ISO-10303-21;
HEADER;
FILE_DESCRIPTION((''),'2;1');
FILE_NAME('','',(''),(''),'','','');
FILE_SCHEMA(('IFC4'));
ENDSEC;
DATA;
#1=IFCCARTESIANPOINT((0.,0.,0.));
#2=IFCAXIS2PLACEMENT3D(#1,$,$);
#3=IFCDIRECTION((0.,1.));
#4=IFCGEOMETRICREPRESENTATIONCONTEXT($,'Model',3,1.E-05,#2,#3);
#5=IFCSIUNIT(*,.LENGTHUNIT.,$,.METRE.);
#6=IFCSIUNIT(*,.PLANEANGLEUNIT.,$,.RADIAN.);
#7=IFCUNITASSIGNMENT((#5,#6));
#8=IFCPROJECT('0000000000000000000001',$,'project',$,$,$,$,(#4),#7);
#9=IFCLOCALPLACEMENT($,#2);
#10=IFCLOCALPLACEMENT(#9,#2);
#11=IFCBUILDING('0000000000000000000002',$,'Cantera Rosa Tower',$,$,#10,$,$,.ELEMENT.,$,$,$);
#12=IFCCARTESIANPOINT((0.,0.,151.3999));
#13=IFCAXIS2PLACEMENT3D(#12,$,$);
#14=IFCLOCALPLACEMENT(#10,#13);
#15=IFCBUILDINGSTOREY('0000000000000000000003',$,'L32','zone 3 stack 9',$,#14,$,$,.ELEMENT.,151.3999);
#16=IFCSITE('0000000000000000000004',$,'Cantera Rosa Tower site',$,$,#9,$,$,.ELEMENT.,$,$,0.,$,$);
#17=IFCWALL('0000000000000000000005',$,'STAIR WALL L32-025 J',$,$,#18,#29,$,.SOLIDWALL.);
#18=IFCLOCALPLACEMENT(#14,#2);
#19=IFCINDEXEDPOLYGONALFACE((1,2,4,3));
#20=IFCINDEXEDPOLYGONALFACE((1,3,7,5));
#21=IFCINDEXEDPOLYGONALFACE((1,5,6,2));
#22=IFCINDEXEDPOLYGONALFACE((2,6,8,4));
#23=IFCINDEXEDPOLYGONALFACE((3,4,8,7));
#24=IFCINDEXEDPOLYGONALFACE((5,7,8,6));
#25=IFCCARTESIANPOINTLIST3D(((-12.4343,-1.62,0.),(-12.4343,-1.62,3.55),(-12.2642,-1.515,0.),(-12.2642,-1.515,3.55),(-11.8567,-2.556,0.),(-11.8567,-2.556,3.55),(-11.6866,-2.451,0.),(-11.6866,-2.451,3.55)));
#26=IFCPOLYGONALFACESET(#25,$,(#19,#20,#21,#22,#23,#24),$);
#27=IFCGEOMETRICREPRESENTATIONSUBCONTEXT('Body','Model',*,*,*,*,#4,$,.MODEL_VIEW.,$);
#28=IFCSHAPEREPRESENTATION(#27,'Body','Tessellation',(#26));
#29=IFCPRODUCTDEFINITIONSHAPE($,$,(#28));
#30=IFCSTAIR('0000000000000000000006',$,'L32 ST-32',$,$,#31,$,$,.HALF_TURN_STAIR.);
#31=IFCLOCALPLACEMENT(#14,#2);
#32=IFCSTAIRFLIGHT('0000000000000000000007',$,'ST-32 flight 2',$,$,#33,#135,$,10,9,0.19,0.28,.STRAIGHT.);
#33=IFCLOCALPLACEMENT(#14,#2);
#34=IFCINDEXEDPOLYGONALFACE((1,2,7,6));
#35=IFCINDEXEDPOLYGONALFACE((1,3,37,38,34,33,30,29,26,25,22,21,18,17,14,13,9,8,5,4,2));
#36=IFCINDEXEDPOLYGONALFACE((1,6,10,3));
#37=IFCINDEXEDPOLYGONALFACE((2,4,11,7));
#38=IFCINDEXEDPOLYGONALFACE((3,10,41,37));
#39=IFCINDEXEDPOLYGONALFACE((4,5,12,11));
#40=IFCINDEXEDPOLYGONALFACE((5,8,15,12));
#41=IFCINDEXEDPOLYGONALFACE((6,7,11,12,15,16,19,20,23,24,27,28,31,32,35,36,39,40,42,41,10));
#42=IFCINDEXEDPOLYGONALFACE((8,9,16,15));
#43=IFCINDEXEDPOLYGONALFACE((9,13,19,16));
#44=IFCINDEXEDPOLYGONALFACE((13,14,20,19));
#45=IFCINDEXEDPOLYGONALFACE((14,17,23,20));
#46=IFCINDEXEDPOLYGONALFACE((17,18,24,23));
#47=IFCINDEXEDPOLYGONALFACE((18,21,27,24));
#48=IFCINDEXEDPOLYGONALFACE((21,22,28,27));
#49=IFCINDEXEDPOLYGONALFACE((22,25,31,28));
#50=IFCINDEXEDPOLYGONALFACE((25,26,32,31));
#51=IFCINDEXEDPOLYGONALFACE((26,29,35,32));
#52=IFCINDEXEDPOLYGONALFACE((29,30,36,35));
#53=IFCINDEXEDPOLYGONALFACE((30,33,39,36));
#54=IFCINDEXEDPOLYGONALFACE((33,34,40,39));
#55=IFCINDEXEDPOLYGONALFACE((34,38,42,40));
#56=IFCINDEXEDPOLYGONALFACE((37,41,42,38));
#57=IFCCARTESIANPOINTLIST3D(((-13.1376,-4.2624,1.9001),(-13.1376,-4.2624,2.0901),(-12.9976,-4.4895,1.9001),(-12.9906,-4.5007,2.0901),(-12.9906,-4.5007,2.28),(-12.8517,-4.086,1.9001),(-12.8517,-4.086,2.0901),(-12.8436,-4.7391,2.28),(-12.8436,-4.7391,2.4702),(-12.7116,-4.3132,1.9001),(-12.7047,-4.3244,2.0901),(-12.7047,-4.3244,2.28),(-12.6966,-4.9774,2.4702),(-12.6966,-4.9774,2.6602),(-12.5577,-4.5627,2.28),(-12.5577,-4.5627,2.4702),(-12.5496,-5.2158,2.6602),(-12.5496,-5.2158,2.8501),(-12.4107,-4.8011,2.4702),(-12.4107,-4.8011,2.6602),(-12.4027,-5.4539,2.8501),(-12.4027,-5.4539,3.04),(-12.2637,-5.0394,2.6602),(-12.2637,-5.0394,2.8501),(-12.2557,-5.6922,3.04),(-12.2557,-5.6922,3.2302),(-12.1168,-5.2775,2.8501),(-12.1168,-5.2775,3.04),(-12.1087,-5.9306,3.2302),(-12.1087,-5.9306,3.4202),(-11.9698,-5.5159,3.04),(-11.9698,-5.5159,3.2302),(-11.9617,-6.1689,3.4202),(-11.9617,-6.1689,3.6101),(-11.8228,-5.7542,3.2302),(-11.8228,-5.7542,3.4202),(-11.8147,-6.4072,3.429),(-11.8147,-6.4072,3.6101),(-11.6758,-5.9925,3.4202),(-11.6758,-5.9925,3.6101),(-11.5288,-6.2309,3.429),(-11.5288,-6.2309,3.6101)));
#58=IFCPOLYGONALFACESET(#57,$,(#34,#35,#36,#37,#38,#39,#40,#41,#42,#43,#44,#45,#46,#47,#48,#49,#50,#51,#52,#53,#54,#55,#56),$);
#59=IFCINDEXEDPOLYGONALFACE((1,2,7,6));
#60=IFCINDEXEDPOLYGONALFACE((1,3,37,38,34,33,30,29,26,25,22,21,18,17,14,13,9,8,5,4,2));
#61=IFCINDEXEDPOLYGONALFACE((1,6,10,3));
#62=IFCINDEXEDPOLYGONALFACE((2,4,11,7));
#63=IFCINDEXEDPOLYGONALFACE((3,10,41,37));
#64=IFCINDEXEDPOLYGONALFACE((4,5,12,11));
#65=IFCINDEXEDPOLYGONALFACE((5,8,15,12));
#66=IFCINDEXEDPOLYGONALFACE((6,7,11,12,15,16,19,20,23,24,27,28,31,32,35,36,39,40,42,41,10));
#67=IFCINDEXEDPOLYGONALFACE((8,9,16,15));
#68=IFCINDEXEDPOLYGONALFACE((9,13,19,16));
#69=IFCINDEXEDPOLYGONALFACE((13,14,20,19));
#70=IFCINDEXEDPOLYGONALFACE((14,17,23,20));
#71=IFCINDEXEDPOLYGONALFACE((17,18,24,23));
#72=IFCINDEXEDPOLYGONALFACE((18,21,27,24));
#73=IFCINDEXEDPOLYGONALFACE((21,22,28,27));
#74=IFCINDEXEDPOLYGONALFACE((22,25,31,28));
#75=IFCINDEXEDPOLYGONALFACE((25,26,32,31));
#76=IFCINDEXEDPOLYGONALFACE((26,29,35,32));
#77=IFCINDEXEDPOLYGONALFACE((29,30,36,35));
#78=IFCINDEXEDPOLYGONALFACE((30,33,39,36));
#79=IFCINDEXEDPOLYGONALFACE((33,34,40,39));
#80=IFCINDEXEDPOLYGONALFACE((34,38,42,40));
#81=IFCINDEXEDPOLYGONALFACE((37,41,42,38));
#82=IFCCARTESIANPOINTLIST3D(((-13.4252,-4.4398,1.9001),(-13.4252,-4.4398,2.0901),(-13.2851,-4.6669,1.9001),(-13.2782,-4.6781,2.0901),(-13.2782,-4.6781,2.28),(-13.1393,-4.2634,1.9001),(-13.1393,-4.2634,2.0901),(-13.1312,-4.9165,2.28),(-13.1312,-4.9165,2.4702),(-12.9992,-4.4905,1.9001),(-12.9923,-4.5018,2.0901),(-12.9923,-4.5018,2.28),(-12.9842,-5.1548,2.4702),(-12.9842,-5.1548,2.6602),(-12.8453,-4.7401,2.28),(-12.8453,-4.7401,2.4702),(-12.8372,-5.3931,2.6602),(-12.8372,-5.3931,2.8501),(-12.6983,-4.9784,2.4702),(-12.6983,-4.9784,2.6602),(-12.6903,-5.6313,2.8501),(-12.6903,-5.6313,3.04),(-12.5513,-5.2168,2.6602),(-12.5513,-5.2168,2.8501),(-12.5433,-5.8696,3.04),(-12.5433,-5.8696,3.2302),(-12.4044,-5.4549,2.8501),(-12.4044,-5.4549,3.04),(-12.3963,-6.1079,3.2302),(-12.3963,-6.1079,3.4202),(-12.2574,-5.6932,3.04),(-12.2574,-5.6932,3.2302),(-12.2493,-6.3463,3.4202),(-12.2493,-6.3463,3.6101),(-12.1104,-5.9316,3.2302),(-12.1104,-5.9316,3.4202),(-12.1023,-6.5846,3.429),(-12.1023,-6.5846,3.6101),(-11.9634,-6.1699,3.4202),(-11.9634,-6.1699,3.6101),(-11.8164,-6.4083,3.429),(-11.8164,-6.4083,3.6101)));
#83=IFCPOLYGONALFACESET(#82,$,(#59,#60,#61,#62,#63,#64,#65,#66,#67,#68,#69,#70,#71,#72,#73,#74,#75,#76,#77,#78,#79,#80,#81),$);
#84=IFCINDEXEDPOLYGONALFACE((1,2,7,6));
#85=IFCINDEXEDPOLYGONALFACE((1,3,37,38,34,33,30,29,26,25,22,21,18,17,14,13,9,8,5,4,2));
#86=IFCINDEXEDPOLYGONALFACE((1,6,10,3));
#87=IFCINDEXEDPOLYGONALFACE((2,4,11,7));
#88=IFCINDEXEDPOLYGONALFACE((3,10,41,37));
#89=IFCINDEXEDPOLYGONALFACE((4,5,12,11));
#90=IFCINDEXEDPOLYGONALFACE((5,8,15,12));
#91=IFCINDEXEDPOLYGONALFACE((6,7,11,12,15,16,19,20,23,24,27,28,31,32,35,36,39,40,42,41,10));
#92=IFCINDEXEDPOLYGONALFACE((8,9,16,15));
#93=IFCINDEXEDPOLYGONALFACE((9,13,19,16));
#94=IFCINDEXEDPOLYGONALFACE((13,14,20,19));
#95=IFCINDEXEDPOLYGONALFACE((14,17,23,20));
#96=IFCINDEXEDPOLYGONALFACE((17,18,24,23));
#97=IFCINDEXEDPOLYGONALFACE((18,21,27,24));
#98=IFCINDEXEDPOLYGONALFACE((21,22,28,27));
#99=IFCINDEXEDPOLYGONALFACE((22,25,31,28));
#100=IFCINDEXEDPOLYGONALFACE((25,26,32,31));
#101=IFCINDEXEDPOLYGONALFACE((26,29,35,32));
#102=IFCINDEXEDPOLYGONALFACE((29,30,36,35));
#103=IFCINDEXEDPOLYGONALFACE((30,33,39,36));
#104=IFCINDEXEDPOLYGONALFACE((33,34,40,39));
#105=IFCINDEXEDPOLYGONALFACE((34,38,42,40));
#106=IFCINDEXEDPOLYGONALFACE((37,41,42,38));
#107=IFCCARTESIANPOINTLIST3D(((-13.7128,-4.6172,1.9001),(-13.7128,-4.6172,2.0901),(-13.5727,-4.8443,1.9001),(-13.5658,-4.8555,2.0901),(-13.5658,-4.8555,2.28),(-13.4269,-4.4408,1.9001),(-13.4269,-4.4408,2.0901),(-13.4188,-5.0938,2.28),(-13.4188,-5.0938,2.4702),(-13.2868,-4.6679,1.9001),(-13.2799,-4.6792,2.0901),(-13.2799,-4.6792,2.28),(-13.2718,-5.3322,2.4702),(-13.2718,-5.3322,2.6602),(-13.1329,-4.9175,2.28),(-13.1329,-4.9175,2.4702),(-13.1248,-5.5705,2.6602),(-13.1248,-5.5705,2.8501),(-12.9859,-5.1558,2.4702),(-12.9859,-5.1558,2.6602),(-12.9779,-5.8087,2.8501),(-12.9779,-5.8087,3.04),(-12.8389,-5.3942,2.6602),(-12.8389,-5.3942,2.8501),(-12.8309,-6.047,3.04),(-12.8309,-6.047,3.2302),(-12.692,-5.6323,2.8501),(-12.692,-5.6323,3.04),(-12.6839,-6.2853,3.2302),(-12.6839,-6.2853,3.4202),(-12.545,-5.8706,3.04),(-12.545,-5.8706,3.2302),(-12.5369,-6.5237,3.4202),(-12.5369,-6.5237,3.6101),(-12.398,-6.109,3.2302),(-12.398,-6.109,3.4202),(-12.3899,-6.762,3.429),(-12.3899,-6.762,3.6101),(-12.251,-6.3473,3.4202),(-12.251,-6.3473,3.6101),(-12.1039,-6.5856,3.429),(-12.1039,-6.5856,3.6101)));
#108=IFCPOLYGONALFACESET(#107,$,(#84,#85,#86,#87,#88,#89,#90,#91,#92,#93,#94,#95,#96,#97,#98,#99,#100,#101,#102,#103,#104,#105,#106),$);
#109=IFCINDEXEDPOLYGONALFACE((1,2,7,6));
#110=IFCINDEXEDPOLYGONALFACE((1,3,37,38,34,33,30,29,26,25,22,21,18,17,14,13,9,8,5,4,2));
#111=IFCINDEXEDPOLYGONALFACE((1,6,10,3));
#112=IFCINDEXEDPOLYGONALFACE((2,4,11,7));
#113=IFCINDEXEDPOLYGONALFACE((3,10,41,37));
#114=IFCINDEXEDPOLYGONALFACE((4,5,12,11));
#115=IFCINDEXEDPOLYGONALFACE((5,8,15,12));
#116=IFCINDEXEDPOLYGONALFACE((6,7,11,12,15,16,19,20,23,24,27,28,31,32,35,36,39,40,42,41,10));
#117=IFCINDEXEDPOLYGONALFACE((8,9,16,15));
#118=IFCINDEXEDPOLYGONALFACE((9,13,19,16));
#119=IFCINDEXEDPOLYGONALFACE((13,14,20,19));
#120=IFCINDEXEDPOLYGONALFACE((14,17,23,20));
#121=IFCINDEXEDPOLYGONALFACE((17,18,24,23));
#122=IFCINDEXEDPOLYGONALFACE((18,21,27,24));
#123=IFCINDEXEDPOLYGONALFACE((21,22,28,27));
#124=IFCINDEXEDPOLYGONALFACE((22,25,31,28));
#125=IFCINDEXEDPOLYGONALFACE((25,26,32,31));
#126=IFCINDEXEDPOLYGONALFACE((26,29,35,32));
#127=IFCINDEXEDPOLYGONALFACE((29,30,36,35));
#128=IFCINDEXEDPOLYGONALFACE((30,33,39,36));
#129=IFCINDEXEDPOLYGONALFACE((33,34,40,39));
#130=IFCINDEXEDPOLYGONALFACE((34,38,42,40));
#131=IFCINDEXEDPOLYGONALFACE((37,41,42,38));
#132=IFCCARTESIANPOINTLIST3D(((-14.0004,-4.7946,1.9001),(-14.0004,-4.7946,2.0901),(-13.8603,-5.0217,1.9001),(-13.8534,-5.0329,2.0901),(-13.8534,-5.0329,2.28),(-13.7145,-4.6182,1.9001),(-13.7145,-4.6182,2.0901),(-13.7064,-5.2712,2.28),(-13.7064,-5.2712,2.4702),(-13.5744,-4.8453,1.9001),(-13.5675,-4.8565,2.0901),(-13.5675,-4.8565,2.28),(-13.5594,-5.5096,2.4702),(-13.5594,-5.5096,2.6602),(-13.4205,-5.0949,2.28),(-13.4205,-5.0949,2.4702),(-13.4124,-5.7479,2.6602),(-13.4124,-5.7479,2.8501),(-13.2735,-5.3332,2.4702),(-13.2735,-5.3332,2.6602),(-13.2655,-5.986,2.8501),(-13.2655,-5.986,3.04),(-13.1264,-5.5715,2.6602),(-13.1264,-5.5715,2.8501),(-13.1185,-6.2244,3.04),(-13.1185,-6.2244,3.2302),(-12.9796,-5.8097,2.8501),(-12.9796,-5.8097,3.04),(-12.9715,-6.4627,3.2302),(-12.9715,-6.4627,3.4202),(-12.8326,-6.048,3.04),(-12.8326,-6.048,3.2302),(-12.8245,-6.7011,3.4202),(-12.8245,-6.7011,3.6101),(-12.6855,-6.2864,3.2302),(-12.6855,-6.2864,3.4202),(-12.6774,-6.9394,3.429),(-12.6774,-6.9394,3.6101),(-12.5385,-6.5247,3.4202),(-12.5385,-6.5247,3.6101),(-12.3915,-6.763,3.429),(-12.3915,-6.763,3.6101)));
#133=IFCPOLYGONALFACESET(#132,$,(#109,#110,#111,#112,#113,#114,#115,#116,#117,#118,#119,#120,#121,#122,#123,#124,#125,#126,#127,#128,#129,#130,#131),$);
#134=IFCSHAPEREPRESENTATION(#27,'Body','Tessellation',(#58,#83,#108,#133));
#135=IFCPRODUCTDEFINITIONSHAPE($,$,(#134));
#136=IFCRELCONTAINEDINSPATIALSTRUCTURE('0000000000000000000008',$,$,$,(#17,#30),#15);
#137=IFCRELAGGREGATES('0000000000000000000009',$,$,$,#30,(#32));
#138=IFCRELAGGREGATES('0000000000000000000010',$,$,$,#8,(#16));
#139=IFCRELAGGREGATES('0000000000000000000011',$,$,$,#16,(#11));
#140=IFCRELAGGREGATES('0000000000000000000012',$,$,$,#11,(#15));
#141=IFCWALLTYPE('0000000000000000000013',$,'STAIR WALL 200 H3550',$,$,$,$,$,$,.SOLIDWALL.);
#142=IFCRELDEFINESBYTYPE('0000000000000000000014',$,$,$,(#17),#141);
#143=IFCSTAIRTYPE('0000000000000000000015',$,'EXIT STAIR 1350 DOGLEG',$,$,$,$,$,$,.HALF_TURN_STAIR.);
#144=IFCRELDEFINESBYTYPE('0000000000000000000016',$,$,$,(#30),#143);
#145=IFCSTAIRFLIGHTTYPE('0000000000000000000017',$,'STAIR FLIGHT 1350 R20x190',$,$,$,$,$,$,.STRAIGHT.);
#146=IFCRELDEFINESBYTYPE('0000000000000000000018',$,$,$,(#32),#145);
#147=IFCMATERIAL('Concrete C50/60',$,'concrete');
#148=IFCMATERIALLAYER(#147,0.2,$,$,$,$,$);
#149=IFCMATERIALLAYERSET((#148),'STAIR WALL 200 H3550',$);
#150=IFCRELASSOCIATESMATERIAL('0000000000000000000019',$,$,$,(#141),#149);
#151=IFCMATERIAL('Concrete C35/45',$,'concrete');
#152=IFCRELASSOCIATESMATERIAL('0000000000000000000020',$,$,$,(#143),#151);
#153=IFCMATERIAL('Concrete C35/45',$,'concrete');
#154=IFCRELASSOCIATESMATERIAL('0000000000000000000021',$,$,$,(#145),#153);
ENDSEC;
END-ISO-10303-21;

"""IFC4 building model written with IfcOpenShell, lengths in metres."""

from ifc_helpers import new_model, si_unit, direction, frame, frame_2d, origin, place, context, subcontext, project, spatial, polyline, rectangle, outline, extrude, material, layer, layer_set, type_object, element, aggregate, save


model = new_model("IFC4")

# Units and contexts
model_context = context("Model", 3, precision=1e-05, world=origin(), true_north=direction((0.0, 1.0)))
body_context = subcontext(model_context, "Body", "Model", "MODEL_VIEW")
ifc_project = project(units=[si_unit("LENGTHUNIT", "METRE"), si_unit("PLANEANGLEUNIT", "RADIAN")], contexts=[model_context])

# Site, building, storey
site_placement = place(None, origin())
site = spatial("IfcSite", under=ifc_project, at=site_placement, Name="Cantera Rosa Tower site", CompositionType="ELEMENT", RefElevation=0.0)
building_placement = place(site_placement, origin())
building = spatial("IfcBuilding", under=site, at=building_placement, Name="Cantera Rosa Tower", CompositionType="ELEMENT")
storey_placement = place(building_placement, frame((0.0, 0.0, 151.3999)))
storey = spatial("IfcBuildingStorey", under=building, at=storey_placement, Name="L32", Description="zone 3 stack 9", CompositionType="ELEMENT", Elevation=151.3999)

# Shared definitions
ifc_material_1 = material(Name="Concrete C50/60", Category="concrete")
ifc_layer_1 = layer(ifc_material_1, 0.2)
ifc_layer_set_1 = layer_set([ifc_layer_1], Name="STAIR WALL 200 H3550")
wall_type_1 = type_object("IfcWallType", Name="STAIR WALL 200 H3550", PredefinedType="SOLIDWALL", material=ifc_layer_set_1)

# Wall
wall_1_placement = place(storey_placement, frame((-11.7717, -2.5034, 0.0), z_axis=(0.0, 0.0, 1.0), x_axis=(-0.525162, 0.851002, 0.0)))
element("IfcWall", 1, at=wall_1_placement, inside=storey, type_object=wall_type_1, Name="STAIR WALL L32-025 J", PredefinedType="SOLIDWALL", context=body_context, shape_type="SweptSolid", body=[
    extrude(rectangle(XDim=1.0999, YDim=0.2, at=frame_2d((0.5498, 0.0))), origin(), (0.0, 0.0, 1.0), 3.55),
])

# Stair, stair flight
ifc_material_2 = material(Name="Concrete C35/45", Category="concrete")
stair_type = type_object("IfcStairType", Name="EXIT STAIR 1350 DOGLEG", PredefinedType="HALF_TURN_STAIR", material=ifc_material_2)
stair_placement = place(storey_placement, origin())
stair = element("IfcStair", 2, at=stair_placement, inside=storey, type_object=stair_type, Name="L32 ST-32", PredefinedType="HALF_TURN_STAIR")
ifc_material_3 = material(Name="Concrete C35/45", Category="concrete")
stair_flight_type = type_object("IfcStairFlightType", Name="STAIR FLIGHT 1350 R20x190", PredefinedType="STRAIGHT", material=ifc_material_3)
stair_flight_placement = place(storey_placement, frame((-13.4263, -4.4404, 1.9001), z_axis=(0.0, 0.0, 1.0), x_axis=(0.524977, -0.851117, 0.0)))
stair_flight = element("IfcStairFlight", 3, at=stair_flight_placement, type_object=stair_flight_type, Name="ST-32 flight 2", NumberOfRisers=10, NumberOfTreads=9, PredefinedType="STRAIGHT", RiserHeight=0.19, TreadLength=0.28, context=body_context, shape_type="SweptSolid", body=[
    extrude(outline(polyline([(0.0, 0.0), (0.0, 0.1899), (0.28, 0.1899), (0.28, 0.3799), (0.5601, 0.3799), (0.5601, 0.5701), (0.8401, 0.5701), (0.8401, 0.76), (1.1201, 0.76), (1.1201, 0.95), (1.3999, 0.95), (1.3999, 1.1399), (1.6799, 1.1399), (1.6799, 1.3301), (1.96, 1.3301), (1.96, 1.52), (2.24, 1.52), (2.24, 1.71), (2.52, 1.71), (2.52, 1.8999), (2.52, 1.5288), (0.2668, 0.0), (0.0, 0.0)])), frame((0.0, 0.675, 0.0), z_axis=(0.0, -1.0, 0.0), x_axis=(1.0, 0.0, 0.0)), (0.0, 0.0, 1.0), 0.3359),
    extrude(outline(polyline([(0.0, 0.0), (0.0, 0.1899), (0.28, 0.1899), (0.28, 0.3799), (0.5601, 0.3799), (0.5601, 0.5701), (0.8401, 0.5701), (0.8401, 0.76), (1.1201, 0.76), (1.1201, 0.95), (1.3999, 0.95), (1.3999, 1.1399), (1.6799, 1.1399), (1.6799, 1.3301), (1.96, 1.3301), (1.96, 1.52), (2.24, 1.52), (2.24, 1.71), (2.52, 1.71), (2.52, 1.8999), (2.52, 1.5288), (0.2668, 0.0), (0.0, 0.0)])), frame((0.0, 0.3372, 0.0), z_axis=(0.0, -1.0, 0.0), x_axis=(1.0, 0.0, 0.0)), (0.0, 0.0, 1.0), 0.3359),
    extrude(outline(polyline([(0.0, 0.0), (0.0, 0.1899), (0.28, 0.1899), (0.28, 0.3799), (0.5601, 0.3799), (0.5601, 0.5701), (0.8401, 0.5701), (0.8401, 0.76), (1.1201, 0.76), (1.1201, 0.95), (1.3999, 0.95), (1.3999, 1.1399), (1.6799, 1.1399), (1.6799, 1.3301), (1.96, 1.3301), (1.96, 1.52), (2.24, 1.52), (2.24, 1.71), (2.52, 1.71), (2.52, 1.8999), (2.52, 1.5288), (0.2668, 0.0), (0.0, 0.0)])), frame((0.0, -0.0007, 0.0), z_axis=(0.0, -1.0, 0.0), x_axis=(1.0, 0.0, 0.0)), (0.0, 0.0, 1.0), 0.3359),
    extrude(outline(polyline([(0.0, 0.0), (0.0, 0.1899), (0.28, 0.1899), (0.28, 0.3799), (0.5601, 0.3799), (0.5601, 0.5701), (0.8401, 0.5701), (0.8401, 0.76), (1.1201, 0.76), (1.1201, 0.95), (1.3999, 0.95), (1.3999, 1.1399), (1.6799, 1.1399), (1.6799, 1.3301), (1.96, 1.3301), (1.96, 1.52), (2.24, 1.52), (2.24, 1.71), (2.52, 1.71), (2.52, 1.8999), (2.52, 1.5288), (0.2668, 0.0), (0.0, 0.0)])), frame((0.0, -0.3386, 0.0), z_axis=(0.0, -1.0, 0.0), x_axis=(1.0, 0.0, 0.0)), (0.0, 0.0, 1.0), 0.3359),
])
aggregate(stair, [stair_flight])

save(model, "model.ifc")
